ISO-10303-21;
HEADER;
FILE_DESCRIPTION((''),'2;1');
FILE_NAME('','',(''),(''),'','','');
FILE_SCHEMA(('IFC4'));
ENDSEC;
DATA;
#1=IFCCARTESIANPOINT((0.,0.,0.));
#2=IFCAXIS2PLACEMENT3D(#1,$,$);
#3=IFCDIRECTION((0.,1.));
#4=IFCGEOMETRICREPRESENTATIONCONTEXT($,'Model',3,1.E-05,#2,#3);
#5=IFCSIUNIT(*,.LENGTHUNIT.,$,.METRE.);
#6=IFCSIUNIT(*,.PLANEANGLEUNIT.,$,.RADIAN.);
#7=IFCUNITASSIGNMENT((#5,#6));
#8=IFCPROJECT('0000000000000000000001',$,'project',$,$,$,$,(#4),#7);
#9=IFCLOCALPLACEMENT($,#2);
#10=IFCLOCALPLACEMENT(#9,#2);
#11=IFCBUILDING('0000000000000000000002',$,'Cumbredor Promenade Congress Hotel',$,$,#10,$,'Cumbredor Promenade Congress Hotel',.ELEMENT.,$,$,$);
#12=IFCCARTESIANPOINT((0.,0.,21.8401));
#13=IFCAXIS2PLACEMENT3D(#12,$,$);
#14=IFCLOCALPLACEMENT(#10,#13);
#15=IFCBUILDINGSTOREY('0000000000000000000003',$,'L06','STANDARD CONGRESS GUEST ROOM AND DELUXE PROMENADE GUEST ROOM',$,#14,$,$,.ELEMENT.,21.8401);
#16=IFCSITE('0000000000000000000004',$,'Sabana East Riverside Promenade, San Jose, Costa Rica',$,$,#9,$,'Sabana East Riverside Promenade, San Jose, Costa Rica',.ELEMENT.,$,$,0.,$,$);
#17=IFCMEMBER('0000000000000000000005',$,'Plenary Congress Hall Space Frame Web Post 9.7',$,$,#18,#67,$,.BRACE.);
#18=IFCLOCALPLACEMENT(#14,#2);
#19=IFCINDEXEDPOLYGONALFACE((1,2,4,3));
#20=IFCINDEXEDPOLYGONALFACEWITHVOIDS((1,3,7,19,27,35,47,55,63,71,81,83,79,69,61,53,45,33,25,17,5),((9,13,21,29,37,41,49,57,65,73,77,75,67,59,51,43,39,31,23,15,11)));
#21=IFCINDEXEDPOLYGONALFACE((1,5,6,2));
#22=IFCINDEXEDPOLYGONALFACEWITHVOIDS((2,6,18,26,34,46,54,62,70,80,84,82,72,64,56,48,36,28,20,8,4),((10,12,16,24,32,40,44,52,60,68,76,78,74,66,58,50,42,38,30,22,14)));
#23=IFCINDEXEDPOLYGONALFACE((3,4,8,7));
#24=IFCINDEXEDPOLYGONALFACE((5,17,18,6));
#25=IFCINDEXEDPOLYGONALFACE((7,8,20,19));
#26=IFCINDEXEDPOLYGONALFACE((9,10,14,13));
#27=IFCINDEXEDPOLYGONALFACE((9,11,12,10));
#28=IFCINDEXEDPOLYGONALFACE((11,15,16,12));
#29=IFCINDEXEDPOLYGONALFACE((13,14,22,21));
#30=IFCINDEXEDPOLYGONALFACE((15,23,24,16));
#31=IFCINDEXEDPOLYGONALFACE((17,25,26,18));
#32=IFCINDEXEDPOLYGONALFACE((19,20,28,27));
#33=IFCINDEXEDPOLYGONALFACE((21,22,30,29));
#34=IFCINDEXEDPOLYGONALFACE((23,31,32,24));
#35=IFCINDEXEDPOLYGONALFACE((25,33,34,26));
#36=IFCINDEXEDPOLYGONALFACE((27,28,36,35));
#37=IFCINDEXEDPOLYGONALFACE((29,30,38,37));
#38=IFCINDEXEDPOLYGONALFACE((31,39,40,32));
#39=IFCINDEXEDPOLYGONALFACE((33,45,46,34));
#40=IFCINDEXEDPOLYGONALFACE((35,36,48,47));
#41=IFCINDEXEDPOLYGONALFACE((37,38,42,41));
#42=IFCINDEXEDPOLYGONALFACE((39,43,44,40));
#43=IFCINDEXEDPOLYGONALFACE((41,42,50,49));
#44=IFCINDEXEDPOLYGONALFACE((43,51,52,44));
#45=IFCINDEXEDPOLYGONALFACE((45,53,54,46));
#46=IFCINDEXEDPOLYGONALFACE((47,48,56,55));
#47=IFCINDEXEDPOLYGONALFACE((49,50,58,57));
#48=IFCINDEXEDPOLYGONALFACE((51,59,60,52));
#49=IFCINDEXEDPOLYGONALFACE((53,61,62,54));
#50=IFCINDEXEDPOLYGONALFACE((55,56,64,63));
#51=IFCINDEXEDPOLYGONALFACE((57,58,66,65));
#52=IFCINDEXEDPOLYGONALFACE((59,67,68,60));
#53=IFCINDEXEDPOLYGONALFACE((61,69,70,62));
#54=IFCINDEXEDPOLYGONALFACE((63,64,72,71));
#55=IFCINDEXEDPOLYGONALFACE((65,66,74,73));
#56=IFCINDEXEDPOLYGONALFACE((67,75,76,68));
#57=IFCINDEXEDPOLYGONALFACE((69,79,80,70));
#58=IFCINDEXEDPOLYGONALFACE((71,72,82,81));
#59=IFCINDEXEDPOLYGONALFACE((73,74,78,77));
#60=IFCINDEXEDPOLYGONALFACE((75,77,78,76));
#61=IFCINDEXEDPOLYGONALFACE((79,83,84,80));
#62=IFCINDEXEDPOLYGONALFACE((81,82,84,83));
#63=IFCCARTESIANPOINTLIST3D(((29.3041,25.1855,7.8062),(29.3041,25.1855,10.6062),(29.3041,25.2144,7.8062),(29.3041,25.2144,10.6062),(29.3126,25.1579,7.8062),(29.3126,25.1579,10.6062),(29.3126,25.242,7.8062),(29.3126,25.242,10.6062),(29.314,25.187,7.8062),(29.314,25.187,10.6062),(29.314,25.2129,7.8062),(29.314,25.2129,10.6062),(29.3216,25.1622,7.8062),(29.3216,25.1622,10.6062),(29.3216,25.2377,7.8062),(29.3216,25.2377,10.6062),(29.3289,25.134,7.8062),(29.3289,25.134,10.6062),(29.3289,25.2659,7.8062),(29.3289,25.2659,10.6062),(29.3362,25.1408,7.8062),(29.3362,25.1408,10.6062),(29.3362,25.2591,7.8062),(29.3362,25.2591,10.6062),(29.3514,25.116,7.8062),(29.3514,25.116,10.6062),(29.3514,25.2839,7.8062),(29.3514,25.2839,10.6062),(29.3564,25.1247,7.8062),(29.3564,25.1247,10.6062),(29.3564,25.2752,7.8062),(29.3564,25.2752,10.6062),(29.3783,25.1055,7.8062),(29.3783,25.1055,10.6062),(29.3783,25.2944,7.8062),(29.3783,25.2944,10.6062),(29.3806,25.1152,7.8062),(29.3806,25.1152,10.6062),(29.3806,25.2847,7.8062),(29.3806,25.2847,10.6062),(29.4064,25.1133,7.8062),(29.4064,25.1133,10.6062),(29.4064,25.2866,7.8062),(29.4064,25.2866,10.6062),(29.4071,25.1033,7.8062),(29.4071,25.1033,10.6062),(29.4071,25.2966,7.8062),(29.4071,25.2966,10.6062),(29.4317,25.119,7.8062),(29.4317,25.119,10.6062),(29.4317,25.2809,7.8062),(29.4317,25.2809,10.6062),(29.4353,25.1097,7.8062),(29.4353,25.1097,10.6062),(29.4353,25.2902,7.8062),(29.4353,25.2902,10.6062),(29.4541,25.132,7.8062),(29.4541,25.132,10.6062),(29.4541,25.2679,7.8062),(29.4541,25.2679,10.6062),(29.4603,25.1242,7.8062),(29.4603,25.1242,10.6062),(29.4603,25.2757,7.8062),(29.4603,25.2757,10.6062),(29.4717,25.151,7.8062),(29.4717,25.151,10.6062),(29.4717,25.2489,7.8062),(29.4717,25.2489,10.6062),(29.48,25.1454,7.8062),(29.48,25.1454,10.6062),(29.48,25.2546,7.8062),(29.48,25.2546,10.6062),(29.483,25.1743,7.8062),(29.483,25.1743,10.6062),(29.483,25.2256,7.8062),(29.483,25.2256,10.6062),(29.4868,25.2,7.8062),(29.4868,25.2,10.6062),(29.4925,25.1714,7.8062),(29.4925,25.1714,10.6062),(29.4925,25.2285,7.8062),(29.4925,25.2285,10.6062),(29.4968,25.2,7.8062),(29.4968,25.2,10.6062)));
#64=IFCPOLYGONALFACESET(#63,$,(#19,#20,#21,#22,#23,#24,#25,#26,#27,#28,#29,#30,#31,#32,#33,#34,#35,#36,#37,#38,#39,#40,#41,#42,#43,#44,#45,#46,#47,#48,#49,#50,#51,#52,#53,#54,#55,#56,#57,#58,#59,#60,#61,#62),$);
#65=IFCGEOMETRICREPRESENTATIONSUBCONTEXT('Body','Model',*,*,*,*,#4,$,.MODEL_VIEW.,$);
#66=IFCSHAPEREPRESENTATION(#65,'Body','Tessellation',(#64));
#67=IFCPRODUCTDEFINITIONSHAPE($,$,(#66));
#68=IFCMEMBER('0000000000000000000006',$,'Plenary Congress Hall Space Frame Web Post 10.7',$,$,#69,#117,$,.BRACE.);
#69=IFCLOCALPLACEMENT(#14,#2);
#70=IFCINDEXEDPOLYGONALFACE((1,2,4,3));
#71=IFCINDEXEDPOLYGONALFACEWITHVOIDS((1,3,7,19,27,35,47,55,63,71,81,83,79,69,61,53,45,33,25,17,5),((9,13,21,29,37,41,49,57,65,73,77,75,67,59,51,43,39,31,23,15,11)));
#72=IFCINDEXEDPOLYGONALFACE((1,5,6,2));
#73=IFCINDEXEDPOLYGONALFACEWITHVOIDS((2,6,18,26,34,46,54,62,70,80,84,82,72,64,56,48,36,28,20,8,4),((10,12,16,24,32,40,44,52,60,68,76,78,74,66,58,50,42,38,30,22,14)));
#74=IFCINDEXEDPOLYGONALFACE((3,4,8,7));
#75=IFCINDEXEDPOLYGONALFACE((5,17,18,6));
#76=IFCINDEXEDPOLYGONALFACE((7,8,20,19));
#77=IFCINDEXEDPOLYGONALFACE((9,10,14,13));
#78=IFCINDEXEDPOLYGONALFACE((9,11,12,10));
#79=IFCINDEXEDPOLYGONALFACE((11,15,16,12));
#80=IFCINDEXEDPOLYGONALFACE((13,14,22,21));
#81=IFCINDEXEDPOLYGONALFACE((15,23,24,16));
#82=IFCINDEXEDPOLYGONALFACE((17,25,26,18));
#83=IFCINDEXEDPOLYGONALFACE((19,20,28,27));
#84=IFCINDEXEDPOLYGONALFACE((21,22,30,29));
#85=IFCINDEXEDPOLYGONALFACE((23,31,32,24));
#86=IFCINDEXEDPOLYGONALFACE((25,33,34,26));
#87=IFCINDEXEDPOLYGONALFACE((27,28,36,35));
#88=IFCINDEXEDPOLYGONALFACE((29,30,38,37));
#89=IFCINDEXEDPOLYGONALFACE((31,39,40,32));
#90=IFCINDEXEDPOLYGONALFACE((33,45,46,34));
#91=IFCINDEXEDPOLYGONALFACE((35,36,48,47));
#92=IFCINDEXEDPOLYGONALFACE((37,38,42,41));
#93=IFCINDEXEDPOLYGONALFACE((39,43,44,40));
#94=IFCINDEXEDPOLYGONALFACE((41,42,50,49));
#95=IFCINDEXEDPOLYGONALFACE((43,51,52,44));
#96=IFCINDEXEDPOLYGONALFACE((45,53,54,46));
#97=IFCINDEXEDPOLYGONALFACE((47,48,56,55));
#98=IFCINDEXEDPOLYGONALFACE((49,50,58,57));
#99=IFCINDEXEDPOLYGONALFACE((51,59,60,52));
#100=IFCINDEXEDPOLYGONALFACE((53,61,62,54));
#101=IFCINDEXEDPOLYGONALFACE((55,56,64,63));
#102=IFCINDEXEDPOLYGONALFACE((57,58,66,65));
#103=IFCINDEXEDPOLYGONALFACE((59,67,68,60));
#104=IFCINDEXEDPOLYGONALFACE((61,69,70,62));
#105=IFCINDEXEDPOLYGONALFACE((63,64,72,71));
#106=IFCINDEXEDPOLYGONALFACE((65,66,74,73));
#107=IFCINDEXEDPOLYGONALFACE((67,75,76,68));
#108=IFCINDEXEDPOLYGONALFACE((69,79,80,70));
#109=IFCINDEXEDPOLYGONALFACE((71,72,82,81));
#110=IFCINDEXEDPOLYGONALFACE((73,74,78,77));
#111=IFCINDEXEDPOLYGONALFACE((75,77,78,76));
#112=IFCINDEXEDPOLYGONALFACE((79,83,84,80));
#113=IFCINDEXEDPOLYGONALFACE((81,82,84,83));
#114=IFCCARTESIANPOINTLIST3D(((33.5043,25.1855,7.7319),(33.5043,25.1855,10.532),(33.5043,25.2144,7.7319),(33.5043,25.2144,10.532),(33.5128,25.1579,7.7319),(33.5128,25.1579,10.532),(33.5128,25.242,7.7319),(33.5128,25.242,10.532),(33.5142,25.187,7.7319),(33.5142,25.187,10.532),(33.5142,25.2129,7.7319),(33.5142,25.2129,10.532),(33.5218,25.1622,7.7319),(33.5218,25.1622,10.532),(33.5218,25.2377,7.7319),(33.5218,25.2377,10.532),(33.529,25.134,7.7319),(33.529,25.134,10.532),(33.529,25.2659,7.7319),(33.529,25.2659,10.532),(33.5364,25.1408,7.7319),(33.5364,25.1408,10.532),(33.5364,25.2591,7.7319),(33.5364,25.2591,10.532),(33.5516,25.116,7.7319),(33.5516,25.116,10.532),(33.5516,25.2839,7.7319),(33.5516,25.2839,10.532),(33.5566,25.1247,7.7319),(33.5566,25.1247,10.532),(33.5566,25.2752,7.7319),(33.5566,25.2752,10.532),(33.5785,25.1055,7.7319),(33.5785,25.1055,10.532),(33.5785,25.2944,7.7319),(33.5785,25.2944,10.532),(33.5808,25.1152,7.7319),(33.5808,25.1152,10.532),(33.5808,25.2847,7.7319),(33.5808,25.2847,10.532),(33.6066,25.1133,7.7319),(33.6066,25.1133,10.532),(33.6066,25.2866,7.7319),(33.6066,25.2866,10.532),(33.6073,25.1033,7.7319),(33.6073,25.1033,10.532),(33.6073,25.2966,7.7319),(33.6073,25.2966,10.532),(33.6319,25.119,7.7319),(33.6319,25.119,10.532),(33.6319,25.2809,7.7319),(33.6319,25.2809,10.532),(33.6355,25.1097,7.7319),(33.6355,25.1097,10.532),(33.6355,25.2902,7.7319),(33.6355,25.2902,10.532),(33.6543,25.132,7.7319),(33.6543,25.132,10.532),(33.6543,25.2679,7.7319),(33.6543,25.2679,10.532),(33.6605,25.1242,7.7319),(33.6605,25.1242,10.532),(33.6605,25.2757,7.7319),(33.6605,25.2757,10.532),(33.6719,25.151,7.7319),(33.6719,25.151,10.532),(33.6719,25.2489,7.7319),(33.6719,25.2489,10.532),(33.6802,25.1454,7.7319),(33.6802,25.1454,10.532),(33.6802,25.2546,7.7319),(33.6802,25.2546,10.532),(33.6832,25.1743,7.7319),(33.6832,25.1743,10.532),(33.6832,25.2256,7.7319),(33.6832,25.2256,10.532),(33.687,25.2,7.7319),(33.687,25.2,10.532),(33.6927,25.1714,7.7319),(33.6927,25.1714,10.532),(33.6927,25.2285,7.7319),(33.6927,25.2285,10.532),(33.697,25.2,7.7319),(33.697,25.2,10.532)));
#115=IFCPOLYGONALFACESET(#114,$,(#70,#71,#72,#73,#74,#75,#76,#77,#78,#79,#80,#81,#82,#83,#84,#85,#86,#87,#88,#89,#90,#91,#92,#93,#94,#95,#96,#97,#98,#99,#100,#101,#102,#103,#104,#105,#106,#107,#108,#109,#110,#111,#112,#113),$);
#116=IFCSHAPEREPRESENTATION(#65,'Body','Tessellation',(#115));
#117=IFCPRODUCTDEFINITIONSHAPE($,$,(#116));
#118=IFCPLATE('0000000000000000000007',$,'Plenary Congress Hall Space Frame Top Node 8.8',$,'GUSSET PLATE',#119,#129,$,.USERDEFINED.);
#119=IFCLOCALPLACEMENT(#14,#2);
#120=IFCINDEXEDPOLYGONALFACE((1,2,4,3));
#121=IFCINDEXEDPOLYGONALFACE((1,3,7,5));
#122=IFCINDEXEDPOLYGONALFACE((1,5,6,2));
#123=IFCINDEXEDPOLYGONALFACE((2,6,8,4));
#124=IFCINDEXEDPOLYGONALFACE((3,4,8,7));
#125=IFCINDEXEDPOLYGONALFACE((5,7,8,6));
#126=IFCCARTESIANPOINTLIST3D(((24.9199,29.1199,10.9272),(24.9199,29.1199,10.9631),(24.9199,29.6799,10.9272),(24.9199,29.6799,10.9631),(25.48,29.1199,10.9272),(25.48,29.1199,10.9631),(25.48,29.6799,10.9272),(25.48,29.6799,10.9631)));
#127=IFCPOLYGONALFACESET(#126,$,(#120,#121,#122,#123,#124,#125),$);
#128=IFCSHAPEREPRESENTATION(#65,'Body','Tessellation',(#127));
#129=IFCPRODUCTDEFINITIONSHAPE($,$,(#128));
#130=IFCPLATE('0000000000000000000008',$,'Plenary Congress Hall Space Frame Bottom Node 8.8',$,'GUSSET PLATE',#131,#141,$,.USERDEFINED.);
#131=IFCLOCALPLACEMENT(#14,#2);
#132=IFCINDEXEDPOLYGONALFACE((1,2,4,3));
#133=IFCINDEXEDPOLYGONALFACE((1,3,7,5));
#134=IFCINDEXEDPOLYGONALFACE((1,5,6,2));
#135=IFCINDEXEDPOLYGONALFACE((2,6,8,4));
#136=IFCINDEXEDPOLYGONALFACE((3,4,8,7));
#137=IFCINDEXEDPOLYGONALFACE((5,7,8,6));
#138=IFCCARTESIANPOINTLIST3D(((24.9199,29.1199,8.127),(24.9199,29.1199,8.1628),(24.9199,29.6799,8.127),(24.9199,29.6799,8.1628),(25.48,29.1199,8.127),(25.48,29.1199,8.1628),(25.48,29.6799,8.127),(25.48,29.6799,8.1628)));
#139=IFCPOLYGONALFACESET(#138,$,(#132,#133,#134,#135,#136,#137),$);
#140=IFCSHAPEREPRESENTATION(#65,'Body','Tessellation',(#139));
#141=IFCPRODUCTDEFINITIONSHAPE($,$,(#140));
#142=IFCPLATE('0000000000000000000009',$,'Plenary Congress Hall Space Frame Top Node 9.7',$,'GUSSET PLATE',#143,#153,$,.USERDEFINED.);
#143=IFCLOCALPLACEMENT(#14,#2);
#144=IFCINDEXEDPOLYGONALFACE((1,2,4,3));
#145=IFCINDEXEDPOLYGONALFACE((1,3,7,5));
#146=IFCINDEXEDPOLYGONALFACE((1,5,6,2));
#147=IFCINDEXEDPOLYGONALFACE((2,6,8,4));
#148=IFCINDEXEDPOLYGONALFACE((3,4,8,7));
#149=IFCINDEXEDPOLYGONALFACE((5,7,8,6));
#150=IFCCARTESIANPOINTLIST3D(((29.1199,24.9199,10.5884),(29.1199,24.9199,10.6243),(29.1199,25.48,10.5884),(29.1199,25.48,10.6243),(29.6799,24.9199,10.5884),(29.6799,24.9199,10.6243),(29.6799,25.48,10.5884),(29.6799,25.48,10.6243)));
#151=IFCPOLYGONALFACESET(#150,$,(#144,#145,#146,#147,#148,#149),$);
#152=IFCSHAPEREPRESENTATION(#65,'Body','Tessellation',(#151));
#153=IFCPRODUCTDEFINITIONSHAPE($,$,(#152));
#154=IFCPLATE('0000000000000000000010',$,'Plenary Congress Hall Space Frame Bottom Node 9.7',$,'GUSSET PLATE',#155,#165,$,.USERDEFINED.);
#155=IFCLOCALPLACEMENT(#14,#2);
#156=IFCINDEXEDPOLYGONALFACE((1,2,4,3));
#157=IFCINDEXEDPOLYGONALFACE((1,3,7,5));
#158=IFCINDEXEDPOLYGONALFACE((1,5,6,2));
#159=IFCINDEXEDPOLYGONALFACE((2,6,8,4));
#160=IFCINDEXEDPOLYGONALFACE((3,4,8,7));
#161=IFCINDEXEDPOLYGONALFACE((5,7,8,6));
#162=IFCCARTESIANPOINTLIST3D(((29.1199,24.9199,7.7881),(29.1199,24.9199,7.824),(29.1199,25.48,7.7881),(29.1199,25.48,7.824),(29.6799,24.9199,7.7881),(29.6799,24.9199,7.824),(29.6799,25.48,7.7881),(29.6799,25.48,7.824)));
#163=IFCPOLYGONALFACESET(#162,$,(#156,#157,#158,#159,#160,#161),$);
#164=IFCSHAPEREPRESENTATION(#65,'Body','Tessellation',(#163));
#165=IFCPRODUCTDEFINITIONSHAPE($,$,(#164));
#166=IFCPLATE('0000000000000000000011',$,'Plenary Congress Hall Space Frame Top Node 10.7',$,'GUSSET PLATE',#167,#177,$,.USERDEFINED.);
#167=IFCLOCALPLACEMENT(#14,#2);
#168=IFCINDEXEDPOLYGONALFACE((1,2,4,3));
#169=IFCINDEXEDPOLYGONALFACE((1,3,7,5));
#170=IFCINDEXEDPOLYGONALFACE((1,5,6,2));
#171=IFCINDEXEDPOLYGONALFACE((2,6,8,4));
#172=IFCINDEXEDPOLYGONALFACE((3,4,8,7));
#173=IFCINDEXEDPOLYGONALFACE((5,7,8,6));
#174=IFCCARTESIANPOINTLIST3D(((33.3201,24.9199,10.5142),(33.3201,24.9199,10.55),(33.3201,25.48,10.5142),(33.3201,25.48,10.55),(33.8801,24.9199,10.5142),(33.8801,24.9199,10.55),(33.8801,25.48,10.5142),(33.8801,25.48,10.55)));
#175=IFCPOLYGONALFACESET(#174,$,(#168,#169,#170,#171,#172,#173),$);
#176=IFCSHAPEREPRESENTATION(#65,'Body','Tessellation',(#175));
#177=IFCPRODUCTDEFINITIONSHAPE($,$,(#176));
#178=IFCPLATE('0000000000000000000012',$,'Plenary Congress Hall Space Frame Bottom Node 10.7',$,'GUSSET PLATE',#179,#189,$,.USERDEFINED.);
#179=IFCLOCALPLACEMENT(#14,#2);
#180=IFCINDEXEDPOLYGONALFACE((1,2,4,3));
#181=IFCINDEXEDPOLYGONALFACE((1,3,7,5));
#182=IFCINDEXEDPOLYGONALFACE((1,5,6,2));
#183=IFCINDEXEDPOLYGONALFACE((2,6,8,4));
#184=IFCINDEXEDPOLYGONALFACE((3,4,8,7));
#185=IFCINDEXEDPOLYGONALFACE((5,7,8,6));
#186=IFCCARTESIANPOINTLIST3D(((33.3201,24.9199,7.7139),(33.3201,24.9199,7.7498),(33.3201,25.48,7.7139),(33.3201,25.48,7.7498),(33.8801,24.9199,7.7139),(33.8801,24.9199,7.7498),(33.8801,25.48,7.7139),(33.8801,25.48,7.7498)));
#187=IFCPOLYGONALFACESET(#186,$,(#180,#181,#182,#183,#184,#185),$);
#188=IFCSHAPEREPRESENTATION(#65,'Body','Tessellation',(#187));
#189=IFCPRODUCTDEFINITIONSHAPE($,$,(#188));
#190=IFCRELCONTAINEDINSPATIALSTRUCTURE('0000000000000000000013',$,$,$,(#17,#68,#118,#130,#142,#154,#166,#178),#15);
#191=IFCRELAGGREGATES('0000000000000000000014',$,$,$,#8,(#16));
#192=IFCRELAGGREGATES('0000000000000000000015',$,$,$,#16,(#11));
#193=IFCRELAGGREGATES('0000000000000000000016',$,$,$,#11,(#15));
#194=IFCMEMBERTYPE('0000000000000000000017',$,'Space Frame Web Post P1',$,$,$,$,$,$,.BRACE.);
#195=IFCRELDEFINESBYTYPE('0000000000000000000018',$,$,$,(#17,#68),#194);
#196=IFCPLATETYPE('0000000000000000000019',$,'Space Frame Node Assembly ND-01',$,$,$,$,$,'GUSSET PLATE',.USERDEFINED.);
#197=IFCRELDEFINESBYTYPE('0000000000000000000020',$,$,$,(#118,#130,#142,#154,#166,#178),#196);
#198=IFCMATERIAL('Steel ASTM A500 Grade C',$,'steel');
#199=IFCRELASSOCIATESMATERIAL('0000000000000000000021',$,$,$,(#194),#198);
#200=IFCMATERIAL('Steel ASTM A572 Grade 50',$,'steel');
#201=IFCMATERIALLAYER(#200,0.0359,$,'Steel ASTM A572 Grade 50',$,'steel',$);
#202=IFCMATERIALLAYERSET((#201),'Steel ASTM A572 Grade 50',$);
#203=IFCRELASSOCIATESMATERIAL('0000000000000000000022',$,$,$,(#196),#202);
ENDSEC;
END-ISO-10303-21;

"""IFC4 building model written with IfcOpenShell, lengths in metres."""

from ifc_helpers import new_model, si_unit, direction, frame, origin, origin_2d, place, context, subcontext, project, spatial, rectangle, hollow_circle, extrude, material, layer, layer_set, material_profile, profile_set, type_object, element, save


model = new_model("IFC4")

# Units and contexts
model_context = context("Model", 3, precision=1e-05, world=origin(), true_north=direction((0.0, 1.0)))
body_context = subcontext(model_context, "Body", "Model", "MODEL_VIEW")
ifc_project = project(units=[si_unit("LENGTHUNIT", "METRE"), si_unit("PLANEANGLEUNIT", "RADIAN")], contexts=[model_context])

# Site, building, storey
site_placement = place(None, origin())
site = spatial("IfcSite", under=ifc_project, at=site_placement, Name="Sabana East Riverside Promenade, San Jose, Costa Rica", LongName="Sabana East Riverside Promenade, San Jose, Costa Rica", CompositionType="ELEMENT", RefElevation=0.0)
building_placement = place(site_placement, origin())
building = spatial("IfcBuilding", under=site, at=building_placement, Name="Cumbredor Promenade Congress Hotel", LongName="Cumbredor Promenade Congress Hotel", CompositionType="ELEMENT")
storey_placement = place(building_placement, frame((0.0, 0.0, 21.8401)))
storey = spatial("IfcBuildingStorey", under=building, at=storey_placement, Name="L06", Description="STANDARD CONGRESS GUEST ROOM AND DELUXE PROMENADE GUEST ROOM", CompositionType="ELEMENT", Elevation=21.8401)

# Members
ifc_material_1 = material(Name="Steel ASTM A500 Grade C", Category="steel")
ifc_material_profile_1 = material_profile(ifc_material_1, hollow_circle(Radius=0.0969, WallThickness=0.01, at=origin_2d()), Name="CHS 193.7x10")
ifc_profile_set_1 = profile_set([ifc_material_profile_1], Name="Steel ASTM A500 Grade C")
member_type_1 = type_object("IfcMemberType", Name="Space Frame Web Post P1", PredefinedType="BRACE", material=ifc_profile_set_1)
for number, where, z_axis, x_axis, name in (
    (1, (29.3999, 25.2, 7.8062), (0.0, 0.0, 1.0), (1.0, 0.0, 0.0), "Plenary Congress Hall Space Frame Web Post 9.7"),
    (2, (33.6001, 25.2, 7.7319), (0.0, 0.0, 1.0), (1.0, 0.0, 0.0), "Plenary Congress Hall Space Frame Web Post 10.7"),
):
    element("IfcMember", number, at=place(storey_placement, frame(where, z_axis=z_axis, x_axis=x_axis)), inside=storey, type_object=member_type_1, Name=name, PredefinedType="BRACE", context=body_context, shape_type="SweptSolid", body=[
        extrude(hollow_circle(Radius=0.0969, WallThickness=0.01, at=origin_2d()), origin(), (0.0, 0.0, 1.0), 2.8),
    ])

# Plates
ifc_material_2 = material(Name="Steel ASTM A572 Grade 50", Category="steel")
ifc_layer = layer(ifc_material_2, 0.0359, Name="Steel ASTM A572 Grade 50", Category="steel")
ifc_layer_set = layer_set([ifc_layer], Name="Steel ASTM A572 Grade 50")
plate_type = type_object("IfcPlateType", Name="Space Frame Node Assembly ND-01", ElementType="GUSSET PLATE", PredefinedType="USERDEFINED", material=ifc_layer_set)
for number, where, z_axis, x_axis, name in (
    (3, (25.2, 29.3999, 10.9272), (0.0, 0.0, 1.0), (1.0, 0.0, 0.0), "Plenary Congress Hall Space Frame Top Node 8.8"),
    (4, (25.2, 29.3999, 8.127), (0.0, 0.0, 1.0), (1.0, 0.0, 0.0), "Plenary Congress Hall Space Frame Bottom Node 8.8"),
    (5, (29.3999, 25.2, 10.5884), (0.0, 0.0, 1.0), (1.0, 0.0, 0.0), "Plenary Congress Hall Space Frame Top Node 9.7"),
    (6, (29.3999, 25.2, 7.7881), (0.0, 0.0, 1.0), (1.0, 0.0, 0.0), "Plenary Congress Hall Space Frame Bottom Node 9.7"),
    (7, (33.6001, 25.2, 10.5142), (0.0, 0.0, 1.0), (1.0, 0.0, 0.0), "Plenary Congress Hall Space Frame Top Node 10.7"),
    (8, (33.6001, 25.2, 7.7139), (0.0, 0.0, 1.0), (1.0, 0.0, 0.0), "Plenary Congress Hall Space Frame Bottom Node 10.7"),
):
    element("IfcPlate", number, at=place(storey_placement, frame(where, z_axis=z_axis, x_axis=x_axis)), inside=storey, type_object=plate_type, Name=name, ObjectType="GUSSET PLATE", PredefinedType="USERDEFINED", context=body_context, shape_type="SweptSolid", body=[
        extrude(rectangle(XDim=0.5601, YDim=0.5601, at=origin_2d()), origin(), (0.0, 0.0, 1.0), 0.0359),
    ])

save(model, "model.ifc")
